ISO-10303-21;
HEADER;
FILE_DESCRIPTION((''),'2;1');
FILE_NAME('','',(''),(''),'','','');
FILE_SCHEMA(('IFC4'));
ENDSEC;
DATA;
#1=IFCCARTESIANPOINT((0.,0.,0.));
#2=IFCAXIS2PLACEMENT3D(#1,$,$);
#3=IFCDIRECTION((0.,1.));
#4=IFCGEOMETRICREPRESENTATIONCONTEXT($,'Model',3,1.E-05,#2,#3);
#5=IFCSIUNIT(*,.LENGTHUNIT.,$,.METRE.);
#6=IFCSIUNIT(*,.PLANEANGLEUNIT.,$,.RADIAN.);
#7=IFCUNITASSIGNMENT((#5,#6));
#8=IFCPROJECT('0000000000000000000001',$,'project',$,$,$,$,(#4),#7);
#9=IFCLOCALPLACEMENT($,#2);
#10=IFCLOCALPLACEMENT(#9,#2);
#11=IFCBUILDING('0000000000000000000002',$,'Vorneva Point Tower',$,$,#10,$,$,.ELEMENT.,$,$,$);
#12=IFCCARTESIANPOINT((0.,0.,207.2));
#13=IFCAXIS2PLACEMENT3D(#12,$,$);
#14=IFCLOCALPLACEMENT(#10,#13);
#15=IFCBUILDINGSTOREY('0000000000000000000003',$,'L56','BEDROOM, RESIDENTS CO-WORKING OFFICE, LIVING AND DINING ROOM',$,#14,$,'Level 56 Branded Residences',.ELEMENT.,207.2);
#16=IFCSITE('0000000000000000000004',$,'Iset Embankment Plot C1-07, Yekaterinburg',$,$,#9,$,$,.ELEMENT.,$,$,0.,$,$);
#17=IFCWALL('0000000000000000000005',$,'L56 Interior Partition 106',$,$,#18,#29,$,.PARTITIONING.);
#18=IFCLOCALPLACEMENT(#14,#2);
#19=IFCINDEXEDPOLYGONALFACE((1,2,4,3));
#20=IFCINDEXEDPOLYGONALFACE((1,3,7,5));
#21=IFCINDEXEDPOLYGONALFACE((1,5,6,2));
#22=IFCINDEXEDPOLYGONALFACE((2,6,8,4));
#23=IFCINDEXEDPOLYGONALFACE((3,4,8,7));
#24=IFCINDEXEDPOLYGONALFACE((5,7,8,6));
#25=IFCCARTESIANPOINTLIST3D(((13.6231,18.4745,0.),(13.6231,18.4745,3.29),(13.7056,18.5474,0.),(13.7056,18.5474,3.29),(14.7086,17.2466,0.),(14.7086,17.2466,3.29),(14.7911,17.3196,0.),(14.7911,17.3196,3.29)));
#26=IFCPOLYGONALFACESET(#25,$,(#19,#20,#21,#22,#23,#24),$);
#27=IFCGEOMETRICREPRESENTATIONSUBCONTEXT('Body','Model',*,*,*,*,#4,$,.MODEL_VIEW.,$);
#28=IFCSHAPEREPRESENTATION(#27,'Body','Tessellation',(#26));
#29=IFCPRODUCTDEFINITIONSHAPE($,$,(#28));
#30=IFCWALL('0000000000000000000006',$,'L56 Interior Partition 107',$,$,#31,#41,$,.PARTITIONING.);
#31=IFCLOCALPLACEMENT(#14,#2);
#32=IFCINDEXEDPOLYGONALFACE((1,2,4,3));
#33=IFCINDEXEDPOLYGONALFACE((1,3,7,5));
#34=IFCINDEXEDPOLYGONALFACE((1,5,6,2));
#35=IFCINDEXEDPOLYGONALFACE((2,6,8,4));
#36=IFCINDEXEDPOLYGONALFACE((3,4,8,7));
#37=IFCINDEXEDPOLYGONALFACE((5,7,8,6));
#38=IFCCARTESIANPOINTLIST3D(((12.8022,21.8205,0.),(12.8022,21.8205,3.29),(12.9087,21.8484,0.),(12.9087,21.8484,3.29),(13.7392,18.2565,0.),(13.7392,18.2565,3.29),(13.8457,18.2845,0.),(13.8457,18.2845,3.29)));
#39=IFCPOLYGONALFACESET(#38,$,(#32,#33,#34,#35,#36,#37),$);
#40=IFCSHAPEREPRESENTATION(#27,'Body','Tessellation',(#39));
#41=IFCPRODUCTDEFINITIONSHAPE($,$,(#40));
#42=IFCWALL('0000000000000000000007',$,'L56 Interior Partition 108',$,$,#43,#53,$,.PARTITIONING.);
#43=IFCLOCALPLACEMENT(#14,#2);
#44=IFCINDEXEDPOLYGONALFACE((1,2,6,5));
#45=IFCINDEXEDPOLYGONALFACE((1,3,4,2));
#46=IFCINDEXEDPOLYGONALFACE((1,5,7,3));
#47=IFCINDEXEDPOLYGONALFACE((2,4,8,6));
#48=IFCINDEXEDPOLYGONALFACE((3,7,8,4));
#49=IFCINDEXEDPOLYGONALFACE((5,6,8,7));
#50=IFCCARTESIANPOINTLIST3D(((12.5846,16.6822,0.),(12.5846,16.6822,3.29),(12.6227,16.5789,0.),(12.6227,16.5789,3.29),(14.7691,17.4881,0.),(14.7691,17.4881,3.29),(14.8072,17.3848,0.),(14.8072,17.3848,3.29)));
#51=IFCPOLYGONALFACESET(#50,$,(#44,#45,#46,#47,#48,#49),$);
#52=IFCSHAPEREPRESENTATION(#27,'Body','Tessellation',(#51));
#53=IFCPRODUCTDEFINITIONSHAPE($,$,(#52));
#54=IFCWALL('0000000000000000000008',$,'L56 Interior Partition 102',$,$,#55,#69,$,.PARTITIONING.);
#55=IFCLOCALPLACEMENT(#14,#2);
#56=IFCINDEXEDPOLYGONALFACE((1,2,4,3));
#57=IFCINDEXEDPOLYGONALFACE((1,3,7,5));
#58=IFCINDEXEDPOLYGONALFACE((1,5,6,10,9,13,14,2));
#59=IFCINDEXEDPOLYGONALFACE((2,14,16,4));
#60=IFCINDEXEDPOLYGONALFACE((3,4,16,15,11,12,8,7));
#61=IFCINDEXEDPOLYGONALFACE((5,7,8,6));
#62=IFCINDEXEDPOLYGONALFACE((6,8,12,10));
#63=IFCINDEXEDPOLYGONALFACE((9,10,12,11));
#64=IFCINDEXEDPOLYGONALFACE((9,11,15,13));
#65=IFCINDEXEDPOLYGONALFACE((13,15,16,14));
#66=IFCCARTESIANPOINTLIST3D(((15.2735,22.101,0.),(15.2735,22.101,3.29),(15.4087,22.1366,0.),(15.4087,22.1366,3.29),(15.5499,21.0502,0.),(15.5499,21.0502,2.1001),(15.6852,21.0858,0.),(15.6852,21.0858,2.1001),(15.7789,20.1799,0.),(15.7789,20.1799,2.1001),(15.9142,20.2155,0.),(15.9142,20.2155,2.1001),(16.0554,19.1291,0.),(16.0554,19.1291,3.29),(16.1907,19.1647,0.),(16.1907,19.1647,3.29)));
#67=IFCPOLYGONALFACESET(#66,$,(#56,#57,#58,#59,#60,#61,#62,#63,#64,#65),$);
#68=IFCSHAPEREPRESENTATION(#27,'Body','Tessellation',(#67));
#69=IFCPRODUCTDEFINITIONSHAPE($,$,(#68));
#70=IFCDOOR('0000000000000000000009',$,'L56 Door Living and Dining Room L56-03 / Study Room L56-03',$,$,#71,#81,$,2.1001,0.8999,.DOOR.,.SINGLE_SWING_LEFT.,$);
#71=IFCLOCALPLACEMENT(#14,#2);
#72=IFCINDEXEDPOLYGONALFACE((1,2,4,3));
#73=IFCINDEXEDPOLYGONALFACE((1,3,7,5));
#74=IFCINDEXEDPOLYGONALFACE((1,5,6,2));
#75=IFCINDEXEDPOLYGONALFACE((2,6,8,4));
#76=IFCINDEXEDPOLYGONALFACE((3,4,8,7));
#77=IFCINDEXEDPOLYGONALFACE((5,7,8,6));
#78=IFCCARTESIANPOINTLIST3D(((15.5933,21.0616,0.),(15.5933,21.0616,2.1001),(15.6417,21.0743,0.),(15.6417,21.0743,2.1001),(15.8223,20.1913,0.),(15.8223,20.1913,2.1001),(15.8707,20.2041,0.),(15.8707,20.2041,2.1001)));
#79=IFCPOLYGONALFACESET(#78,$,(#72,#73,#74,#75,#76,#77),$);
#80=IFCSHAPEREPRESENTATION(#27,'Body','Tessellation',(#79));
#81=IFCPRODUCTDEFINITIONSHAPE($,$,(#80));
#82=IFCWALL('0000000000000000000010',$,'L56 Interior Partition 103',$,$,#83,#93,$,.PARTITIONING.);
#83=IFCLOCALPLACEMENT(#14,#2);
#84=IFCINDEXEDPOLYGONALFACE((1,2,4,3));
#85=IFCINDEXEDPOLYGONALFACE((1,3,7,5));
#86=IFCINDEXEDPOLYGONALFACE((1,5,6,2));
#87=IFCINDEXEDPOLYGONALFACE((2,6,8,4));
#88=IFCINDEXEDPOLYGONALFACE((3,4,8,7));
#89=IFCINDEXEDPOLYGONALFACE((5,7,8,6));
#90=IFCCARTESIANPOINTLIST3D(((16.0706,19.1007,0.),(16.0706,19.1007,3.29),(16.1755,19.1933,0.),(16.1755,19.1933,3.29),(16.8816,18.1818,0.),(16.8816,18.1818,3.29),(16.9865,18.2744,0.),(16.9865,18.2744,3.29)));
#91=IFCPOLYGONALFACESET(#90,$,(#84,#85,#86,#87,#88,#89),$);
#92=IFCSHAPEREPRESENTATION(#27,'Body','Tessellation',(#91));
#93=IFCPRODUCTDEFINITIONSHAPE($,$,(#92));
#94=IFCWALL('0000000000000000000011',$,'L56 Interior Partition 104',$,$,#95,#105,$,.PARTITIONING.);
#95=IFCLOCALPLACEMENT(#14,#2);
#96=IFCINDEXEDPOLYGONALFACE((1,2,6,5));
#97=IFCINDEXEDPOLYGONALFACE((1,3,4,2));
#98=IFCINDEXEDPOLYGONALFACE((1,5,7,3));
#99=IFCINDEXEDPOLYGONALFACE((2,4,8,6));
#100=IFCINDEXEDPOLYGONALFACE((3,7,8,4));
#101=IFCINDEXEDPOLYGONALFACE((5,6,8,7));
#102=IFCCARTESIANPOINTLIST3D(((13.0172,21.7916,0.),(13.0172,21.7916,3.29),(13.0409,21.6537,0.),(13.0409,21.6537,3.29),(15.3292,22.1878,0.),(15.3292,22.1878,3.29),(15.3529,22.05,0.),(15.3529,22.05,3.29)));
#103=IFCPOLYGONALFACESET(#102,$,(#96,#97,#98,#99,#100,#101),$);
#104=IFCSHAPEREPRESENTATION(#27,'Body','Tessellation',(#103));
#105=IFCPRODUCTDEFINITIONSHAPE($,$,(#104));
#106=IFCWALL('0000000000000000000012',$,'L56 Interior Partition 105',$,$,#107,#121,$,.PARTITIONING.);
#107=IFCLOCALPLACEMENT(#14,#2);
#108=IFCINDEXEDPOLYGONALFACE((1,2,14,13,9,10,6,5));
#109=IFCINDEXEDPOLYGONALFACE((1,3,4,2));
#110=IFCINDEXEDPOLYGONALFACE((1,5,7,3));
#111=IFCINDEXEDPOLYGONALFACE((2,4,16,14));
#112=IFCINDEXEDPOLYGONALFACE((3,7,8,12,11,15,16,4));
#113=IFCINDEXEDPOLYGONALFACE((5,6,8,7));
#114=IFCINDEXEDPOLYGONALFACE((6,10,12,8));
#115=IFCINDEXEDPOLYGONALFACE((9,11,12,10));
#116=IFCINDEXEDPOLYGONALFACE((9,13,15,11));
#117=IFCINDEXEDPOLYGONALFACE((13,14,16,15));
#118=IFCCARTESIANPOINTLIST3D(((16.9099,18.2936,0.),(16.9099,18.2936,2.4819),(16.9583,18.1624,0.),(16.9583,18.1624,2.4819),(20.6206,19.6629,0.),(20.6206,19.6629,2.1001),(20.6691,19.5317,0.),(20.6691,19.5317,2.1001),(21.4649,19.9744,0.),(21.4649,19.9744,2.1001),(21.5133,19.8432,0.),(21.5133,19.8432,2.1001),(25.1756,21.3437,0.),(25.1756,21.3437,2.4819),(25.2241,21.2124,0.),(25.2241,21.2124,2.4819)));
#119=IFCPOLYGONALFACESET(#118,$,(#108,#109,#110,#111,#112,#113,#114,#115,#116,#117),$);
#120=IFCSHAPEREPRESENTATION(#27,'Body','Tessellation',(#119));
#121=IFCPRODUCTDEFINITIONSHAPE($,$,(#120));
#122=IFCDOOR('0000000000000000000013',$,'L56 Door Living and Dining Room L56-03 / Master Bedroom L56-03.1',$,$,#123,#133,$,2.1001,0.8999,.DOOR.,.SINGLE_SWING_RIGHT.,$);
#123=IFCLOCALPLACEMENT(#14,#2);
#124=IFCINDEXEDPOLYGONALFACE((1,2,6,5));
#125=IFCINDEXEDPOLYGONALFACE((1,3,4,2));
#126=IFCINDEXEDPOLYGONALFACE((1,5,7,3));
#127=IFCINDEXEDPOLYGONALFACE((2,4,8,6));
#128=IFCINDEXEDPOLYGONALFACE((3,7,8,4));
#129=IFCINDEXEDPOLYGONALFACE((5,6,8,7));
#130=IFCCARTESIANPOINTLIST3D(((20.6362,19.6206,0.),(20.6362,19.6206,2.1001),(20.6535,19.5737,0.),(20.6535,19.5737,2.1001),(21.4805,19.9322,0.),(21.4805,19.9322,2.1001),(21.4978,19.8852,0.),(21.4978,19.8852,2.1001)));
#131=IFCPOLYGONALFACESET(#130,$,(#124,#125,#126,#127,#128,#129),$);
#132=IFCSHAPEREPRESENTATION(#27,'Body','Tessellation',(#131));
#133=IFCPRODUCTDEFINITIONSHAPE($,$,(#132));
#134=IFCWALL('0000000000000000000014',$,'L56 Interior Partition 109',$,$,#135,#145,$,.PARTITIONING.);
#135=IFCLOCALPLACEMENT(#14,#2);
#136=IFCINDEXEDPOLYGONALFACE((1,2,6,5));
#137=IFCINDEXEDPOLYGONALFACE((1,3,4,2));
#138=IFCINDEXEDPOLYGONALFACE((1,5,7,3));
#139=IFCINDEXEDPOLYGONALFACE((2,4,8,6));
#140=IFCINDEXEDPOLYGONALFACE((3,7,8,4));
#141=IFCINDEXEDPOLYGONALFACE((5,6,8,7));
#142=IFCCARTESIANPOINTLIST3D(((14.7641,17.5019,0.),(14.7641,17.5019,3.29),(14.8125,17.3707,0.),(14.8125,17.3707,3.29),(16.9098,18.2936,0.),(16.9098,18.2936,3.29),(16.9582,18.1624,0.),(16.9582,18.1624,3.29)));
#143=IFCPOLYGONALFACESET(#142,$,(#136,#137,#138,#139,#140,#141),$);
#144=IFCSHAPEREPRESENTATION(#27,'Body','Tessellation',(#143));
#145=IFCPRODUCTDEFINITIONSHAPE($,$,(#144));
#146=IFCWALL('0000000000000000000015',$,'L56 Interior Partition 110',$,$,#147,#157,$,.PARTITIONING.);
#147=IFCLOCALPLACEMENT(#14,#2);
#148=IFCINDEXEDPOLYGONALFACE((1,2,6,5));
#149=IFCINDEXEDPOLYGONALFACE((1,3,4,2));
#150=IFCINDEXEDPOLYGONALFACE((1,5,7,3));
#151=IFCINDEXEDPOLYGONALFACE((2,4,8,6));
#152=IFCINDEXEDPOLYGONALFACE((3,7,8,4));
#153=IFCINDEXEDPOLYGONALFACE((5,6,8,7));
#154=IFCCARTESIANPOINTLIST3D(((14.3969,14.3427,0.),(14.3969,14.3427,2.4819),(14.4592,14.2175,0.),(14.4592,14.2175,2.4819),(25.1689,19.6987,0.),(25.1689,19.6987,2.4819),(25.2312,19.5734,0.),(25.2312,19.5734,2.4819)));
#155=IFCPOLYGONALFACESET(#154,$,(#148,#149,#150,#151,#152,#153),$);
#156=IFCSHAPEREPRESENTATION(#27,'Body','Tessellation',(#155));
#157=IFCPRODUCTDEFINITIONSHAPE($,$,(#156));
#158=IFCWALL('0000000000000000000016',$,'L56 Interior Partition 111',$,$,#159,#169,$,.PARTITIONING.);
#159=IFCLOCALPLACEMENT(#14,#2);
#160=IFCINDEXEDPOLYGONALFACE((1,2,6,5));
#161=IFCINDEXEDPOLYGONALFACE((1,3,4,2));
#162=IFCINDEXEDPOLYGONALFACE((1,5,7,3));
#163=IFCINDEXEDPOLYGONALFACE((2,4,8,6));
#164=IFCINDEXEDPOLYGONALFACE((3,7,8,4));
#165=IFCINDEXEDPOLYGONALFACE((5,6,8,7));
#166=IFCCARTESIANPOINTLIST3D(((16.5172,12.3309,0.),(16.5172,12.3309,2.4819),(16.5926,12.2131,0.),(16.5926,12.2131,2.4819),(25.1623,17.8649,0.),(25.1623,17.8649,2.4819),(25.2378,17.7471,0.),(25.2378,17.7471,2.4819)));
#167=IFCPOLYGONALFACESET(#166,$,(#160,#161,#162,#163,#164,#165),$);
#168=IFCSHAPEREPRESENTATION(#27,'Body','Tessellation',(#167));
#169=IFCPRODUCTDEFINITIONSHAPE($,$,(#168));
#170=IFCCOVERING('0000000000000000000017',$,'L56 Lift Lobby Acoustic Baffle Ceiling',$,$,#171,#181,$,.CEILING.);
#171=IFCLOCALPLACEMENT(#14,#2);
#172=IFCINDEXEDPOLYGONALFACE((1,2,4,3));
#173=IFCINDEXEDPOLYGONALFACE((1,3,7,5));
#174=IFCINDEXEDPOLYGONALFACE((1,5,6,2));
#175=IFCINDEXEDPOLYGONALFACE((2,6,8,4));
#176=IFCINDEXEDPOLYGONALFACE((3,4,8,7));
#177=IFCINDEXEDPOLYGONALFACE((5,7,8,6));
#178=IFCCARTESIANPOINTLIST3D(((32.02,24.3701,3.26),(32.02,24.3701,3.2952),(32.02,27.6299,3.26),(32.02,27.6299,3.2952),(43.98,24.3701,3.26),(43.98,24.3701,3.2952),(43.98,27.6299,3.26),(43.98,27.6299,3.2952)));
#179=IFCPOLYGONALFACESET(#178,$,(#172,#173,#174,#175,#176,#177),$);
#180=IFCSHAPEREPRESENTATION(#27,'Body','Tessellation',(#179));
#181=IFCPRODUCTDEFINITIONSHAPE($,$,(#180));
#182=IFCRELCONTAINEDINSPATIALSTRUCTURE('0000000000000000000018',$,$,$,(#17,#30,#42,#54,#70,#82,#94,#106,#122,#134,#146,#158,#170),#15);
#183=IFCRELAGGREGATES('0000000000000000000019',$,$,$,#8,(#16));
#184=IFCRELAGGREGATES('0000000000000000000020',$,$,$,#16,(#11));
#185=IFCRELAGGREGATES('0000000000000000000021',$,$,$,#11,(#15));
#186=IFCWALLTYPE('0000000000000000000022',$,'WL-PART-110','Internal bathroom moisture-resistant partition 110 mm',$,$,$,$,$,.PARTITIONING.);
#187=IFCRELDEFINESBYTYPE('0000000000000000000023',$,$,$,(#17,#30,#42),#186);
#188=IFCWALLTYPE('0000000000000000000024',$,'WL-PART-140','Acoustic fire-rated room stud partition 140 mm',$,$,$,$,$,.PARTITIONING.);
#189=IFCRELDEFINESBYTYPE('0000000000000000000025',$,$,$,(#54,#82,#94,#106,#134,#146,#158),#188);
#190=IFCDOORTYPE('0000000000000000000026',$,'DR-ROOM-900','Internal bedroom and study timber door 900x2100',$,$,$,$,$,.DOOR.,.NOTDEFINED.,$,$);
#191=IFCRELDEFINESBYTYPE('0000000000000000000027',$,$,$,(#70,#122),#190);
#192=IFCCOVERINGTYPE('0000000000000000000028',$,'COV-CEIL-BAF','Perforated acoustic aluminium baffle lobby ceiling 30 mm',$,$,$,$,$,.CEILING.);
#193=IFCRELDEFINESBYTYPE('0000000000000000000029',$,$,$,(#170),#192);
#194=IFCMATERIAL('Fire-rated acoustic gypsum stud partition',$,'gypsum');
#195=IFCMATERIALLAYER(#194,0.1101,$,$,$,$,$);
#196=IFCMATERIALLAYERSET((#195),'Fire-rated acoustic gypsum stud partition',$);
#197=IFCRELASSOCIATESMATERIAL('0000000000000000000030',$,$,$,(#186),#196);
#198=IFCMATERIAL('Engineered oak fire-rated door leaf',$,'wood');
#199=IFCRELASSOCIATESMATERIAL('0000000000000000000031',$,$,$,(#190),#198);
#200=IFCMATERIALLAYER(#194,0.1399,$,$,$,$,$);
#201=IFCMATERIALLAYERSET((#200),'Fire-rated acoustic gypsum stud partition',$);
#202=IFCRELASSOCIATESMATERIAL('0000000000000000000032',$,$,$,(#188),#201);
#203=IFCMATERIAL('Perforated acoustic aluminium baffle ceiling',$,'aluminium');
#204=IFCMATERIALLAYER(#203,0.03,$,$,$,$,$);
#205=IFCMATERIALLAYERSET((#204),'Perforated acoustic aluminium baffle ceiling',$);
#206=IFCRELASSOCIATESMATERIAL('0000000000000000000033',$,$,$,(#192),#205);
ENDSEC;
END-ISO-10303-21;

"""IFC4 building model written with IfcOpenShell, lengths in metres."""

from ifc_helpers import new_model, si_unit, direction, frame, frame_2d, origin, place, context, subcontext, project, spatial, polyline, rectangle, outline, extrude, material, layer, layer_set, type_object, element, fill, save


model = new_model("IFC4")

# Units and contexts
model_context = context("Model", 3, precision=1e-05, world=origin(), true_north=direction((0.0, 1.0)))
body_context = subcontext(model_context, "Body", "Model", "MODEL_VIEW")
ifc_project = project(units=[si_unit("LENGTHUNIT", "METRE"), si_unit("PLANEANGLEUNIT", "RADIAN")], contexts=[model_context])

# Site, building, storey
site_placement = place(None, origin())
site = spatial("IfcSite", under=ifc_project, at=site_placement, Name="Iset Embankment Plot C1-07, Yekaterinburg", CompositionType="ELEMENT", RefElevation=0.0)
building_placement = place(site_placement, origin())
building = spatial("IfcBuilding", under=site, at=building_placement, Name="Vorneva Point Tower", CompositionType="ELEMENT")
storey_placement = place(building_placement, frame((0.0, 0.0, 207.2)))
storey = spatial("IfcBuildingStorey", under=building, at=storey_placement, Name="L56", Description="BEDROOM, RESIDENTS CO-WORKING OFFICE, LIVING AND DINING ROOM", LongName="Level 56 Branded Residences", CompositionType="ELEMENT", Elevation=207.2)

# Shared definitions
ifc_material_1 = material(Name="Fire-rated acoustic gypsum stud partition", Category="gypsum")
ifc_layer_1 = layer(ifc_material_1, 0.1101)
ifc_layer_set_1 = layer_set([ifc_layer_1], Name="Fire-rated acoustic gypsum stud partition")
wall_type_1 = type_object("IfcWallType", Name="WL-PART-110", Description="Internal bathroom moisture-resistant partition 110 mm", PredefinedType="PARTITIONING", material=ifc_layer_set_1)
ifc_material_2 = material(Name="Engineered oak fire-rated door leaf", Category="wood")
door_type = type_object("IfcDoorType", Name="DR-ROOM-900", Description="Internal bedroom and study timber door 900x2100", OperationType="NOTDEFINED", PredefinedType="DOOR", material=ifc_material_2)

# Walls
wall_1_placement = place(storey_placement, frame((14.7498, 17.2832, 0.0), z_axis=(0.0, 0.0, 1.0), x_axis=(-0.662346, 0.749198, 0.0)))
element("IfcWall", 1, at=wall_1_placement, inside=storey, type_object=wall_type_1, Name="L56 Interior Partition 106", PredefinedType="PARTITIONING", context=body_context, shape_type="SweptSolid", body=[
    extrude(rectangle(XDim=1.6389, YDim=0.1101, at=frame_2d((0.8193, 0.0))), origin(), (0.0, 0.0, 1.0), 3.29),
])
wall_2_placement = place(storey_placement, frame((13.7925, 18.2705, 0.0), z_axis=(0.0, 0.0, 1.0), x_axis=(-0.254272, 0.967133, 0.0)))
element("IfcWall", 2, at=wall_2_placement, inside=storey, type_object=wall_type_1, Name="L56 Interior Partition 107", PredefinedType="PARTITIONING", context=body_context, shape_type="SweptSolid", body=[
    extrude(rectangle(XDim=3.6851, YDim=0.1101, at=frame_2d((1.8425, 0.0))), origin(), (0.0, 0.0, 1.0), 3.29),
])
wall_3_placement = place(storey_placement, frame((12.6038, 16.6306, 0.0), z_axis=(0.0, 0.0, 1.0), x_axis=(0.938194, 0.346109, 0.0)))
element("IfcWall", 3, at=wall_3_placement, inside=storey, type_object=wall_type_1, Name="L56 Interior Partition 108", PredefinedType="PARTITIONING", context=body_context, shape_type="SweptSolid", body=[
    extrude(rectangle(XDim=2.3284, YDim=0.1101, at=frame_2d((1.1641, 0.0))), origin(), (0.0, 0.0, 1.0), 3.29),
])

# Wall, opening, door
ifc_layer_2 = layer(ifc_material_1, 0.1399)
ifc_layer_set_2 = layer_set([ifc_layer_2], Name="Fire-rated acoustic gypsum stud partition")
wall_type_2 = type_object("IfcWallType", Name="WL-PART-140", Description="Acoustic fire-rated room stud partition 140 mm", PredefinedType="PARTITIONING", material=ifc_layer_set_2)
wall_4_placement = place(storey_placement, frame((15.3411, 22.1189, 0.0), z_axis=(0.0, 0.0, 1.0), x_axis=(0.254462, -0.967083, 0.0)))
wall_4 = element("IfcWall", 4, at=wall_4_placement, inside=storey, type_object=wall_type_2, Name="L56 Interior Partition 102", PredefinedType="PARTITIONING", context=body_context, shape_type="SweptSolid", body=[
    extrude(rectangle(XDim=3.073, YDim=0.1399, at=frame_2d((1.5366, 0.0))), origin(), (0.0, 0.0, 1.0), 3.29),
])
opening_1_placement = place(wall_4_placement, frame((1.0867, 0.0, 0.0)))
opening_1 = element("IfcOpeningElement", 5, at=opening_1_placement, cuts=wall_4, PredefinedType="OPENING", context=body_context, shape_type="SweptSolid", body=[
    extrude(rectangle(XDim=0.8999, YDim=2.1001, at=frame_2d((0.45, 1.05))), frame((0.0, 0.085, 0.0), z_axis=(0.0, -1.0, 0.0), x_axis=(1.0, 0.0, 0.0)), (0.0, 0.0, 1.0), 0.1697),
])
door_1_placement = place(opening_1_placement, origin())
door_1 = element("IfcDoor", 6, at=door_1_placement, inside=storey, type_object=door_type, Name="L56 Door Living and Dining Room L56-03 / Study Room L56-03", OperationType="SINGLE_SWING_LEFT", OverallHeight=2.1001, OverallWidth=0.8999, PredefinedType="DOOR", context=body_context, shape_type="SweptSolid", body=[
    extrude(rectangle(XDim=0.8999, YDim=2.1001, at=frame_2d((0.45, 1.05))), frame((0.0, 0.0249, 0.0), z_axis=(0.0, -1.0, 0.0), x_axis=(1.0, 0.0, 0.0)), (0.0, 0.0, 1.0), 0.05),
])
fill(opening_1, door_1)

# Walls
wall_5_placement = place(storey_placement, frame((16.123, 19.147, 0.0), z_axis=(0.0, 0.0, 1.0), x_axis=(0.661714, -0.749756, 0.0)))
element("IfcWall", 7, at=wall_5_placement, inside=storey, type_object=wall_type_2, Name="L56 Interior Partition 103", PredefinedType="PARTITIONING", context=body_context, shape_type="SweptSolid", body=[
    extrude(rectangle(XDim=1.2256, YDim=0.1399, at=frame_2d((0.6128, 0.0))), origin(), (0.0, 0.0, 1.0), 3.29),
])
wall_6_placement = place(storey_placement, frame((13.0291, 21.7227, 0.0), z_axis=(0.0, 0.0, 1.0), x_axis=(0.98563, 0.16892, 0.0)))
element("IfcWall", 8, at=wall_6_placement, inside=storey, type_object=wall_type_2, Name="L56 Interior Partition 104", PredefinedType="PARTITIONING", context=body_context, shape_type="SweptSolid", body=[
    extrude(rectangle(XDim=2.3457, YDim=0.1399, at=frame_2d((1.1729, 0.0))), origin(), (0.0, 0.0, 1.0), 3.29),
])

# Wall, opening, door
wall_7_placement = place(storey_placement, frame((16.9341, 18.228, 0.0), z_axis=(0.0, 0.0, 1.0), x_axis=(0.938169, 0.346178, 0.0)))
wall_7 = element("IfcWall", 9, at=wall_7_placement, inside=storey, type_object=wall_type_2, Name="L56 Interior Partition 105", PredefinedType="PARTITIONING", context=body_context, shape_type="SweptSolid", body=[
    extrude(rectangle(XDim=8.8105, YDim=0.1399, at=frame_2d((4.4053, 0.0))), origin(), (0.0, 0.0, 1.0), 2.4819),
])
opening_2_placement = place(wall_7_placement, frame((3.9553, 0.0, 0.0)))
opening_2 = element("IfcOpeningElement", 10, at=opening_2_placement, cuts=wall_7, PredefinedType="OPENING", context=body_context, shape_type="SweptSolid", body=[
    extrude(rectangle(XDim=0.8999, YDim=2.1001, at=frame_2d((0.45, 1.05))), frame((0.0, 0.085, 0.0), z_axis=(0.0, -1.0, 0.0), x_axis=(1.0, 0.0, 0.0)), (0.0, 0.0, 1.0), 0.1697),
])
door_2_placement = place(opening_2_placement, origin())
door_2 = element("IfcDoor", 11, at=door_2_placement, inside=storey, type_object=door_type, Name="L56 Door Living and Dining Room L56-03 / Master Bedroom L56-03.1", OperationType="SINGLE_SWING_RIGHT", OverallHeight=2.1001, OverallWidth=0.8999, PredefinedType="DOOR", context=body_context, shape_type="SweptSolid", body=[
    extrude(rectangle(XDim=0.8999, YDim=2.1001, at=frame_2d((0.45, 1.05))), frame((0.0, 0.0249, 0.0), z_axis=(0.0, -1.0, 0.0), x_axis=(1.0, 0.0, 0.0)), (0.0, 0.0, 1.0), 0.05),
])
fill(opening_2, door_2)

# Walls
wall_8_placement = place(storey_placement, frame((14.7883, 17.4363, 0.0), z_axis=(0.0, 0.0, 1.0), x_axis=(0.938172, 0.34617, 0.0)))
element("IfcWall", 12, at=wall_8_placement, inside=storey, type_object=wall_type_2, Name="L56 Interior Partition 109", PredefinedType="PARTITIONING", context=body_context, shape_type="SweptSolid", body=[
    extrude(rectangle(XDim=2.2871, YDim=0.1399, at=frame_2d((1.1436, 0.0))), origin(), (0.0, 0.0, 1.0), 3.29),
])
wall_9_placement = place(storey_placement, frame((14.428, 14.28, 0.0), z_axis=(0.0, 0.0, 1.0), x_axis=(0.895423, 0.445216, 0.0)))
element("IfcWall", 13, at=wall_9_placement, inside=storey, type_object=wall_type_2, Name="L56 Interior Partition 110", PredefinedType="PARTITIONING", context=body_context, shape_type="SweptSolid", body=[
    extrude(rectangle(XDim=12.03, YDim=0.1399, at=frame_2d((6.0151, 0.0))), origin(), (0.0, 0.0, 1.0), 2.4819),
])
wall_10_placement = place(storey_placement, frame((16.5549, 12.272, 0.0), z_axis=(0.0, 0.0, 1.0), x_axis=(0.842222, 0.539131, 0.0)))
element("IfcWall", 14, at=wall_10_placement, inside=storey, type_object=wall_type_2, Name="L56 Interior Partition 111", PredefinedType="PARTITIONING", context=body_context, shape_type="SweptSolid", body=[
    extrude(rectangle(XDim=10.2646, YDim=0.1399, at=frame_2d((5.1323, 0.0))), origin(), (0.0, 0.0, 1.0), 2.4819),
])

# Covering
ifc_material_3 = material(Name="Perforated acoustic aluminium baffle ceiling", Category="aluminium")
ifc_layer_3 = layer(ifc_material_3, 0.03)
ifc_layer_set_3 = layer_set([ifc_layer_3], Name="Perforated acoustic aluminium baffle ceiling")
covering_type_1 = type_object("IfcCoveringType", Name="COV-CEIL-BAF", Description="Perforated acoustic aluminium baffle lobby ceiling 30 mm", PredefinedType="CEILING", material=ifc_layer_set_3)
covering_1_placement = place(storey_placement, frame((0.0, 0.0, 3.26)))
element("IfcCovering", 15, at=covering_1_placement, inside=storey, type_object=covering_type_1, Name="L56 Lift Lobby Acoustic Baffle Ceiling", PredefinedType="CEILING", context=body_context, shape_type="SweptSolid", body=[
    extrude(outline(polyline([(32.02, 24.3701), (43.98, 24.3701), (43.98, 27.6299), (32.02, 27.6299), (32.02, 24.3701)])), origin(), (0.0, 0.0, 1.0), 0.0352),
])

save(model, "model.ifc")
